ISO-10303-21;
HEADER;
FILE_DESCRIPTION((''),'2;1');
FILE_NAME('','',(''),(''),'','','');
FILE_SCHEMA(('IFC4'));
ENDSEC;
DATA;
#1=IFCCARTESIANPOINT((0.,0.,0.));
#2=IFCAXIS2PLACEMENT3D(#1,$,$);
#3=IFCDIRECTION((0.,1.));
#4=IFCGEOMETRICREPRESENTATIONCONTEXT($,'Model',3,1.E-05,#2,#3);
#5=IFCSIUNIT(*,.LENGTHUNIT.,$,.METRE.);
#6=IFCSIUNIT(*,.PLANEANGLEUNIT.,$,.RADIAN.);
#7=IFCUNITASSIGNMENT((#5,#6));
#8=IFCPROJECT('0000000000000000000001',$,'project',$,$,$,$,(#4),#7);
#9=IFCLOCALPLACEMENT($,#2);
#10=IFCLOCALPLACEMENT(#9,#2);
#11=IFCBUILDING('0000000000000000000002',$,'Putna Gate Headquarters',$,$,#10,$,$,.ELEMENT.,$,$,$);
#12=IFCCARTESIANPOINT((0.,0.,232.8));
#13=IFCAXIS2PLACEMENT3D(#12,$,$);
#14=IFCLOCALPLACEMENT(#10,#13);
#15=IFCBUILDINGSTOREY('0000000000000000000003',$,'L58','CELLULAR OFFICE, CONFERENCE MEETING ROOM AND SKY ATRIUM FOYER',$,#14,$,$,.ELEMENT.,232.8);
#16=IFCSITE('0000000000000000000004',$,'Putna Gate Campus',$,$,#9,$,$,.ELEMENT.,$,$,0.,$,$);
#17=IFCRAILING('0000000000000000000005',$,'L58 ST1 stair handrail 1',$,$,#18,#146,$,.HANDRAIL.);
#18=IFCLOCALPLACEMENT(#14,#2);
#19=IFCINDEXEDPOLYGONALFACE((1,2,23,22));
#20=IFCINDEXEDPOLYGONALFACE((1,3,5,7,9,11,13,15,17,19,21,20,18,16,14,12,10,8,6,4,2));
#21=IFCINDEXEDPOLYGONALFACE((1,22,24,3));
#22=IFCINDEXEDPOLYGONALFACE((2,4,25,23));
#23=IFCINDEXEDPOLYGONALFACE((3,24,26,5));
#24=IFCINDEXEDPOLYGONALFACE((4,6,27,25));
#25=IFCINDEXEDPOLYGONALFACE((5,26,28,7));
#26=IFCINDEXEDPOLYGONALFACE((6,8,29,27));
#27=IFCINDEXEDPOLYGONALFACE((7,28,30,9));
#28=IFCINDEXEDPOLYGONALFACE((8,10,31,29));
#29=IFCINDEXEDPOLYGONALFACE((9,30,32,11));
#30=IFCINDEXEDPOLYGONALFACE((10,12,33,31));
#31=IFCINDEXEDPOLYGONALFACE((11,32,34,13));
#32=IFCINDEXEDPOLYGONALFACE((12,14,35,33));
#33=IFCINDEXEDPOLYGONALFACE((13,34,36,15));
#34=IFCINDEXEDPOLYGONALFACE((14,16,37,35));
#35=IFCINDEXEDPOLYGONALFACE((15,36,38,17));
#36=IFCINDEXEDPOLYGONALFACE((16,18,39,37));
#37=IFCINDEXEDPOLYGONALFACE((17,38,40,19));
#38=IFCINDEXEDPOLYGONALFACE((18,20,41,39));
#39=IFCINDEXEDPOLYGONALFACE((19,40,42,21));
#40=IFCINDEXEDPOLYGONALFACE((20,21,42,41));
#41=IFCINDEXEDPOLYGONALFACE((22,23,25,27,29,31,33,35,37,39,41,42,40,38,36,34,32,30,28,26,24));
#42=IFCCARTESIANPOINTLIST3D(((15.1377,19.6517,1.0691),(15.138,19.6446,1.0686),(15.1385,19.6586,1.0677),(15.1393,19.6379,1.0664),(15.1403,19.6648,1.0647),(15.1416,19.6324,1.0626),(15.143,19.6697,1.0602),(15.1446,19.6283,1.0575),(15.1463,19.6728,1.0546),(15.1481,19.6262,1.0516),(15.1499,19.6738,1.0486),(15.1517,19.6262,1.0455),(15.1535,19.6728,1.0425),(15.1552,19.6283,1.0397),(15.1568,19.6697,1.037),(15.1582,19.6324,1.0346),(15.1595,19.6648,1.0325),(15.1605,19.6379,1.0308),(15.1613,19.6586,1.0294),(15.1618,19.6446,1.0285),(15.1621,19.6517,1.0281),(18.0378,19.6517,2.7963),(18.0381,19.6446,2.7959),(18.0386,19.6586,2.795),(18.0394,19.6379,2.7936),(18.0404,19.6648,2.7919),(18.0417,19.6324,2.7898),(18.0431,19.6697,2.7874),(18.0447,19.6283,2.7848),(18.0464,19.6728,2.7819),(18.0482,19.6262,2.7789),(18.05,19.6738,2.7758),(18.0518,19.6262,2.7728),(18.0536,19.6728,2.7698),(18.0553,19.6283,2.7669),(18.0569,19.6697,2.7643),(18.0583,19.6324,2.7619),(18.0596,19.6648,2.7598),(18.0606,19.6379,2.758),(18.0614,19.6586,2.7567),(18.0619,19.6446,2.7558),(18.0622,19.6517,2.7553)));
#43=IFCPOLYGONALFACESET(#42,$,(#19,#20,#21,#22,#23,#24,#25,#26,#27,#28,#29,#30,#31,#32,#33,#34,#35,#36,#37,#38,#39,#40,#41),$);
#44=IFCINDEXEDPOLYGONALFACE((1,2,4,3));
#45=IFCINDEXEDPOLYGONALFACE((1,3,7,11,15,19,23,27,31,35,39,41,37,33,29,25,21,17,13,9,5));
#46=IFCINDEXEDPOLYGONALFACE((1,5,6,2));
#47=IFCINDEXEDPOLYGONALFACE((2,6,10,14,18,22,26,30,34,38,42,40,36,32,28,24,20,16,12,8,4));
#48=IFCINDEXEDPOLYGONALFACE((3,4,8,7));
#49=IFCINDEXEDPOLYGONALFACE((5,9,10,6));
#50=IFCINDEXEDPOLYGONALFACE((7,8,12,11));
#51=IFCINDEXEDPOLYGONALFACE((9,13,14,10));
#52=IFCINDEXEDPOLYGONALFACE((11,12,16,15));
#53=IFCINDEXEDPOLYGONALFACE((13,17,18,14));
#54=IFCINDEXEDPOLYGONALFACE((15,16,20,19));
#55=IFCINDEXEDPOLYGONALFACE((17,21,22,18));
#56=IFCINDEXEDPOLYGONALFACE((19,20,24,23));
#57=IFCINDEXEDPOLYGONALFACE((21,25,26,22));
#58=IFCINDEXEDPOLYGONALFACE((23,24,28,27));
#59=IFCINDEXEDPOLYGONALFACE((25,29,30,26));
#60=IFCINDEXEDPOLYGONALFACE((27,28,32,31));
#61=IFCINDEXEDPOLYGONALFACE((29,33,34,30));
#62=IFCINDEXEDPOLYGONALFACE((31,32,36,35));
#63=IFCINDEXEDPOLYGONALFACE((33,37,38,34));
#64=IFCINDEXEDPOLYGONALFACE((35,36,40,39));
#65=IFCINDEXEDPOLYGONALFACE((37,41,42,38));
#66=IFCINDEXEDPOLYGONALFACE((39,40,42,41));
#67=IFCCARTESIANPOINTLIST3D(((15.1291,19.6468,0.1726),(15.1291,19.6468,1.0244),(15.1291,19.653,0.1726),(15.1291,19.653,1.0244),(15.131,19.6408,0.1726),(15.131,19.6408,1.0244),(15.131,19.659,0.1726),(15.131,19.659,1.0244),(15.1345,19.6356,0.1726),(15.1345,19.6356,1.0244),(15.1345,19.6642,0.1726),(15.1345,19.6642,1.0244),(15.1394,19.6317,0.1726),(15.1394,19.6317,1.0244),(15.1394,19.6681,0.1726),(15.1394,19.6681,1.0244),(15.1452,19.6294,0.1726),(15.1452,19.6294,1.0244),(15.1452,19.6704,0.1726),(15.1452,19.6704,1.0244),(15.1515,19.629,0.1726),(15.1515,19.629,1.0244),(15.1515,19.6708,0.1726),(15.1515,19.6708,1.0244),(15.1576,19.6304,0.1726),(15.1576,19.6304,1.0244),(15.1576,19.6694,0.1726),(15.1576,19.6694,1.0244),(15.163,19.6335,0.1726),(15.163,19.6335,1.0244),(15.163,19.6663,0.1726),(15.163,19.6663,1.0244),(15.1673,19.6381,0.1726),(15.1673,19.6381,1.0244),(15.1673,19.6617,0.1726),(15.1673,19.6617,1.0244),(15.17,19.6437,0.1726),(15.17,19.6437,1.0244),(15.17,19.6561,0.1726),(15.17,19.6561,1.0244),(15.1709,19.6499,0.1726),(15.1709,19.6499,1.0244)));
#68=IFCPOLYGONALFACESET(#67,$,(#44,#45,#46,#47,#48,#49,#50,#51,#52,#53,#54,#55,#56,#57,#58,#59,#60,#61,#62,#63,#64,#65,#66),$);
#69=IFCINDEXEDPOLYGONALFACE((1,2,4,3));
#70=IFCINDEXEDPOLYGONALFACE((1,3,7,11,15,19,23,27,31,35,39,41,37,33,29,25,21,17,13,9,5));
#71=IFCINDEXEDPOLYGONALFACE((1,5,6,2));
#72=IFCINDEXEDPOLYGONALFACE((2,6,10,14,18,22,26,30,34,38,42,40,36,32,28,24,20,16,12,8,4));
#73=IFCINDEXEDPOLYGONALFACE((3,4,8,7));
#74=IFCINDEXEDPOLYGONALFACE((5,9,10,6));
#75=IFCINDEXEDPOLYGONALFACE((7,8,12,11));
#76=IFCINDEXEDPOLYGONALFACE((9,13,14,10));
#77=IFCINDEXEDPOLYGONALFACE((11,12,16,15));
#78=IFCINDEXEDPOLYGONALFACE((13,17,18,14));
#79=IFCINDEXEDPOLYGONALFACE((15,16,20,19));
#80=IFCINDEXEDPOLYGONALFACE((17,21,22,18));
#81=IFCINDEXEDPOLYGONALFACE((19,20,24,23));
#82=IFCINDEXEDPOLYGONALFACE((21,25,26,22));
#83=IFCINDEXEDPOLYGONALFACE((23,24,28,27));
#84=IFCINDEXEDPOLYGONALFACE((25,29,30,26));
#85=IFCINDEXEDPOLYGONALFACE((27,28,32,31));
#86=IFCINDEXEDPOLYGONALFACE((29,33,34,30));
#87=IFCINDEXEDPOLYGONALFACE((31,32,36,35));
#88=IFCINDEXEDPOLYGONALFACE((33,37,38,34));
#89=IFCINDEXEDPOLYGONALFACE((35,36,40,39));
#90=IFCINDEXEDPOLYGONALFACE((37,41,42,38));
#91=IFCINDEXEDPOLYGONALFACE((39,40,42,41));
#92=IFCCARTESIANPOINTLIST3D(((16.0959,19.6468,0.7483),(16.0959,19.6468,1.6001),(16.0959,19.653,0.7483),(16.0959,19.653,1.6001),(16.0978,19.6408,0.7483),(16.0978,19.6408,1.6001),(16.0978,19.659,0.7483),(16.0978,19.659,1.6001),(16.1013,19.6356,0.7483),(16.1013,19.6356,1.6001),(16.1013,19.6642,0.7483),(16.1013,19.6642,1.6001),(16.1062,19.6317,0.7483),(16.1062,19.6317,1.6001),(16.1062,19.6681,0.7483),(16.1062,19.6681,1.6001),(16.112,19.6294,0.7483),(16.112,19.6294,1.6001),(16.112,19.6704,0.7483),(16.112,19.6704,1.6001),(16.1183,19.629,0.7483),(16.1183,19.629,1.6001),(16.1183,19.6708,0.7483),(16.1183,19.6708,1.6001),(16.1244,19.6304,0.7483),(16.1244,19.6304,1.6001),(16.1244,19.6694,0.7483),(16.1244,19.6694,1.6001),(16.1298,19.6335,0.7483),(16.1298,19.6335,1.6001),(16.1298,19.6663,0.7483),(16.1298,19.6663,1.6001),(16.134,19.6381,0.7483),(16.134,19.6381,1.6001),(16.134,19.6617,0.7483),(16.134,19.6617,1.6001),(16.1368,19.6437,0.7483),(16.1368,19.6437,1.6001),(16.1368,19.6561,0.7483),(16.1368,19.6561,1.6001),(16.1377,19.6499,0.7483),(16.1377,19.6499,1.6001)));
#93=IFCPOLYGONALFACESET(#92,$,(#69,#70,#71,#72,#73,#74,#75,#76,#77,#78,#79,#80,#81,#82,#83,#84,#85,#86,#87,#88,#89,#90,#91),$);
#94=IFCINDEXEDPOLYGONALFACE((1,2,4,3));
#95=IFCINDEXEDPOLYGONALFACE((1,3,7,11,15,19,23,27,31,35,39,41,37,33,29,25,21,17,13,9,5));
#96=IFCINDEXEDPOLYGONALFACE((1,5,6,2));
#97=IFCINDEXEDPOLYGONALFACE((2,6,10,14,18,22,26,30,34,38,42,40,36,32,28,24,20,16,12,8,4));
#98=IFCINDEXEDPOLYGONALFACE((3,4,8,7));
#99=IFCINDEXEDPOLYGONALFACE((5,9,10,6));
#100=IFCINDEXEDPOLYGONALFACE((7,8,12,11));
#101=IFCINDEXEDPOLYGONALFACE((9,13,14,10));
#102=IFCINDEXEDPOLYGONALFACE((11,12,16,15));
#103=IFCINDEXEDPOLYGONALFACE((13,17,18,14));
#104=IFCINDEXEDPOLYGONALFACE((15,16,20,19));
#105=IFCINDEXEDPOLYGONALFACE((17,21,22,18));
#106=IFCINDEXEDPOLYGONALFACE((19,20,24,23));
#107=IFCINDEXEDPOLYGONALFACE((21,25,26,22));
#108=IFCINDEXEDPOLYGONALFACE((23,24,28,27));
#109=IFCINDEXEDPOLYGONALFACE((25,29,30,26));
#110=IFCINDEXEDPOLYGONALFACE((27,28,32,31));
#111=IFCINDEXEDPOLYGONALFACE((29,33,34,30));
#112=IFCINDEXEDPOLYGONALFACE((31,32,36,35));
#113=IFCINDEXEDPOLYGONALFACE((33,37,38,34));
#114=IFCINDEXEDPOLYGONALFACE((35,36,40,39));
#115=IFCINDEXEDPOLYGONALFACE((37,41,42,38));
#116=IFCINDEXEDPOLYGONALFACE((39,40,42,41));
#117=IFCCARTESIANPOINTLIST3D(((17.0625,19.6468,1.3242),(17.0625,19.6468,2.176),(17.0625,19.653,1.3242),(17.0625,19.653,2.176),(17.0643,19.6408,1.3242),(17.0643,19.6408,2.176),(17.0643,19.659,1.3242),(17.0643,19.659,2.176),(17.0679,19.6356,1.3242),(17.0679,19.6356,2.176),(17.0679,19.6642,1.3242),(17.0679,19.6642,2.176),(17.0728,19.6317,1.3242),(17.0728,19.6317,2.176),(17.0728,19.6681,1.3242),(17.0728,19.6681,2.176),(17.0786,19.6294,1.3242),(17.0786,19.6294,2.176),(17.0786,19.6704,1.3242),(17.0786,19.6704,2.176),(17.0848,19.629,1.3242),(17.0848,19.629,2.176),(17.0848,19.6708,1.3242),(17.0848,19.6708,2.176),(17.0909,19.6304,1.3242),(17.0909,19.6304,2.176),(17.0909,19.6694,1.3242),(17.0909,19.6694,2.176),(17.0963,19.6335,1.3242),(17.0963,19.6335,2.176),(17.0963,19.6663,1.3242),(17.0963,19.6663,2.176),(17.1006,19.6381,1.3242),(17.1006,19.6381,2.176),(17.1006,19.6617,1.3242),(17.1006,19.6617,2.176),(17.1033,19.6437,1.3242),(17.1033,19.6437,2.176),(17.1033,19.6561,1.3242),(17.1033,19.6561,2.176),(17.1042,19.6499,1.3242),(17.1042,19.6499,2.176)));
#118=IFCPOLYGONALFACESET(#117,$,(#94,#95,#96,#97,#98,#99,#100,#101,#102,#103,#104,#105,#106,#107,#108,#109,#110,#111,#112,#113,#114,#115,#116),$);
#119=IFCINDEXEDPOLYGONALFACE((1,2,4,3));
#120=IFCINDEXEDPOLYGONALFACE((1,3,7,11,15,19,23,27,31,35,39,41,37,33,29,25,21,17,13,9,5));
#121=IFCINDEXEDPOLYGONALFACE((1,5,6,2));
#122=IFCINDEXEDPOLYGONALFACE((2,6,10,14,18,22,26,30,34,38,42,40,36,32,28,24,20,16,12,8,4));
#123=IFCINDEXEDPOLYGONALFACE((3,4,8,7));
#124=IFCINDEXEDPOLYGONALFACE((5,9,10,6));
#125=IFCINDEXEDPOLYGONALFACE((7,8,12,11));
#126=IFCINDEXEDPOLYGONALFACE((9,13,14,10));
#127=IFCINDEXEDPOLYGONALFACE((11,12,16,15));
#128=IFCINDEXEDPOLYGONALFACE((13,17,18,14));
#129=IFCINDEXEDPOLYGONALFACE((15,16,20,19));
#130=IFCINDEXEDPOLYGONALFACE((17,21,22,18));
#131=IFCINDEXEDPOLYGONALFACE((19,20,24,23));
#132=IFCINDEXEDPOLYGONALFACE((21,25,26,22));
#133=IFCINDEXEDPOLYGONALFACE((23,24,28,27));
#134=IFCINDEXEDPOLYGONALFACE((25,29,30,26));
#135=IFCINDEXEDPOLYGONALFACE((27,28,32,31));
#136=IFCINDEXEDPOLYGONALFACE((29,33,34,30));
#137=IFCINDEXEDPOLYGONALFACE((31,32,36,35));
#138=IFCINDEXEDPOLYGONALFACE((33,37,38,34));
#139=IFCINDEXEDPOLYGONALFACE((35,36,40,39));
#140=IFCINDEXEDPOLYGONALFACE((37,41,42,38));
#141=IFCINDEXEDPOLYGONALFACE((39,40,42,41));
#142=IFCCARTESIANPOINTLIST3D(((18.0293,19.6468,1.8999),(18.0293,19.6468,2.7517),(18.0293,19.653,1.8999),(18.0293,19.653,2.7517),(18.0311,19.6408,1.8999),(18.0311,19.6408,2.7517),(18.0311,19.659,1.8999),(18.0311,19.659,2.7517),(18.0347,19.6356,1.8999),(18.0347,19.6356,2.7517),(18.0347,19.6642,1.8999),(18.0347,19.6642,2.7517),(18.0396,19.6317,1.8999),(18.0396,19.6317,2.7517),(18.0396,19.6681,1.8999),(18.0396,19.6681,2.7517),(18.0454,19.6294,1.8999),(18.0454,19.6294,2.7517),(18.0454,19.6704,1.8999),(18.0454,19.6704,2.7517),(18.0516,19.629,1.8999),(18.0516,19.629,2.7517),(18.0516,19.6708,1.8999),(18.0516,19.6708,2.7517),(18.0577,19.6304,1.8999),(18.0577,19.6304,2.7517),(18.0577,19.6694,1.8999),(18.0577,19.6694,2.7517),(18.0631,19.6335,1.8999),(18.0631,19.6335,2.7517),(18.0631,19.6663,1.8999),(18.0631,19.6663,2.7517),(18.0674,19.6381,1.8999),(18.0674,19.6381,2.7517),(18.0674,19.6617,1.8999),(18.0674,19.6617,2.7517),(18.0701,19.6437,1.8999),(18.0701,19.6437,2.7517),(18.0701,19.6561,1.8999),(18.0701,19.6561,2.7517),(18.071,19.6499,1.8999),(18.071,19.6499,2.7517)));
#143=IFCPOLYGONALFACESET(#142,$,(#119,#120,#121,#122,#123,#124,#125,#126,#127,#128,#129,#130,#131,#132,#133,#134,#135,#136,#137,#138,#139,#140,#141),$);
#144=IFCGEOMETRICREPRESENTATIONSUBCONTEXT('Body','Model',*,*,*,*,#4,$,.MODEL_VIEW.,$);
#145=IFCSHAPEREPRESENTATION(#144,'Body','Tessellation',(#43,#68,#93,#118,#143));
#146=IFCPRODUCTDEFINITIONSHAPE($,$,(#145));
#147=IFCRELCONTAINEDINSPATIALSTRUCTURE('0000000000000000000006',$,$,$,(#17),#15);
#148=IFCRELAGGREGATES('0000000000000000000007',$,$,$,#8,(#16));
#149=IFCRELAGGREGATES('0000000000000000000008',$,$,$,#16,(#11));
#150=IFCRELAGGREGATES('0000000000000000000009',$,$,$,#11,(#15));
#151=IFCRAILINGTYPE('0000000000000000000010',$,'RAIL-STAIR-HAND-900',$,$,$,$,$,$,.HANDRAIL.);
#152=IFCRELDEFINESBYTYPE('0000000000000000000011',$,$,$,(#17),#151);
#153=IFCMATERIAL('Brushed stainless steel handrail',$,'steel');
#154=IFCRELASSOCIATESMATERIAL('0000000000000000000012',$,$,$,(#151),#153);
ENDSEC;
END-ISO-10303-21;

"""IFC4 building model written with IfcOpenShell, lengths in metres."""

from ifc_helpers import new_model, si_unit, direction, frame, origin, origin_2d, place, context, subcontext, project, spatial, circle, extrude, material, type_object, element, save


model = new_model("IFC4")

# Units and contexts
model_context = context("Model", 3, precision=1e-05, world=origin(), true_north=direction((0.0, 1.0)))
body_context = subcontext(model_context, "Body", "Model", "MODEL_VIEW")
ifc_project = project(units=[si_unit("LENGTHUNIT", "METRE"), si_unit("PLANEANGLEUNIT", "RADIAN")], contexts=[model_context])

# Site, building, storey
site_placement = place(None, origin())
site = spatial("IfcSite", under=ifc_project, at=site_placement, Name="Putna Gate Campus", CompositionType="ELEMENT", RefElevation=0.0)
building_placement = place(site_placement, origin())
building = spatial("IfcBuilding", under=site, at=building_placement, Name="Putna Gate Headquarters", CompositionType="ELEMENT")
storey_placement = place(building_placement, frame((0.0, 0.0, 232.8)))
storey = spatial("IfcBuildingStorey", under=building, at=storey_placement, Name="L58", Description="CELLULAR OFFICE, CONFERENCE MEETING ROOM AND SKY ATRIUM FOYER", CompositionType="ELEMENT", Elevation=232.8)

# Railing
ifc_material_1 = material(Name="Brushed stainless steel handrail", Category="steel")
railing_type_1 = type_object("IfcRailingType", Name="RAIL-STAIR-HAND-900", PredefinedType="HANDRAIL", material=ifc_material_1)
railing_1_placement = place(storey_placement, frame((15.1499, 19.6499, 0.1726)))
element("IfcRailing", 1, at=railing_1_placement, inside=storey, type_object=railing_type_1, Name="L58 ST1 stair handrail 1", PredefinedType="HANDRAIL", context=body_context, shape_type="SweptSolid", body=[
    extrude(circle(Radius=0.0239, at=origin_2d()), frame((0.0, 0.0, 0.876), z_axis=(0.85916, 0.0, 0.511706), x_axis=(0.0, 1.0, 0.0)), (0.0, 0.0, 1.0), 3.3755),
    extrude(circle(Radius=0.021, at=origin_2d()), origin(), (0.0, 0.0, 1.0), 0.8518),
    extrude(circle(Radius=0.021, at=origin_2d()), frame((0.9668, 0.0, 0.5757)), (0.0, 0.0, 1.0), 0.8518),
    extrude(circle(Radius=0.021, at=origin_2d()), frame((1.9333, 0.0, 1.1516)), (0.0, 0.0, 1.0), 0.8518),
    extrude(circle(Radius=0.021, at=origin_2d()), frame((2.9001, 0.0, 1.7273)), (0.0, 0.0, 1.0), 0.8518),
])

save(model, "model.ifc")
